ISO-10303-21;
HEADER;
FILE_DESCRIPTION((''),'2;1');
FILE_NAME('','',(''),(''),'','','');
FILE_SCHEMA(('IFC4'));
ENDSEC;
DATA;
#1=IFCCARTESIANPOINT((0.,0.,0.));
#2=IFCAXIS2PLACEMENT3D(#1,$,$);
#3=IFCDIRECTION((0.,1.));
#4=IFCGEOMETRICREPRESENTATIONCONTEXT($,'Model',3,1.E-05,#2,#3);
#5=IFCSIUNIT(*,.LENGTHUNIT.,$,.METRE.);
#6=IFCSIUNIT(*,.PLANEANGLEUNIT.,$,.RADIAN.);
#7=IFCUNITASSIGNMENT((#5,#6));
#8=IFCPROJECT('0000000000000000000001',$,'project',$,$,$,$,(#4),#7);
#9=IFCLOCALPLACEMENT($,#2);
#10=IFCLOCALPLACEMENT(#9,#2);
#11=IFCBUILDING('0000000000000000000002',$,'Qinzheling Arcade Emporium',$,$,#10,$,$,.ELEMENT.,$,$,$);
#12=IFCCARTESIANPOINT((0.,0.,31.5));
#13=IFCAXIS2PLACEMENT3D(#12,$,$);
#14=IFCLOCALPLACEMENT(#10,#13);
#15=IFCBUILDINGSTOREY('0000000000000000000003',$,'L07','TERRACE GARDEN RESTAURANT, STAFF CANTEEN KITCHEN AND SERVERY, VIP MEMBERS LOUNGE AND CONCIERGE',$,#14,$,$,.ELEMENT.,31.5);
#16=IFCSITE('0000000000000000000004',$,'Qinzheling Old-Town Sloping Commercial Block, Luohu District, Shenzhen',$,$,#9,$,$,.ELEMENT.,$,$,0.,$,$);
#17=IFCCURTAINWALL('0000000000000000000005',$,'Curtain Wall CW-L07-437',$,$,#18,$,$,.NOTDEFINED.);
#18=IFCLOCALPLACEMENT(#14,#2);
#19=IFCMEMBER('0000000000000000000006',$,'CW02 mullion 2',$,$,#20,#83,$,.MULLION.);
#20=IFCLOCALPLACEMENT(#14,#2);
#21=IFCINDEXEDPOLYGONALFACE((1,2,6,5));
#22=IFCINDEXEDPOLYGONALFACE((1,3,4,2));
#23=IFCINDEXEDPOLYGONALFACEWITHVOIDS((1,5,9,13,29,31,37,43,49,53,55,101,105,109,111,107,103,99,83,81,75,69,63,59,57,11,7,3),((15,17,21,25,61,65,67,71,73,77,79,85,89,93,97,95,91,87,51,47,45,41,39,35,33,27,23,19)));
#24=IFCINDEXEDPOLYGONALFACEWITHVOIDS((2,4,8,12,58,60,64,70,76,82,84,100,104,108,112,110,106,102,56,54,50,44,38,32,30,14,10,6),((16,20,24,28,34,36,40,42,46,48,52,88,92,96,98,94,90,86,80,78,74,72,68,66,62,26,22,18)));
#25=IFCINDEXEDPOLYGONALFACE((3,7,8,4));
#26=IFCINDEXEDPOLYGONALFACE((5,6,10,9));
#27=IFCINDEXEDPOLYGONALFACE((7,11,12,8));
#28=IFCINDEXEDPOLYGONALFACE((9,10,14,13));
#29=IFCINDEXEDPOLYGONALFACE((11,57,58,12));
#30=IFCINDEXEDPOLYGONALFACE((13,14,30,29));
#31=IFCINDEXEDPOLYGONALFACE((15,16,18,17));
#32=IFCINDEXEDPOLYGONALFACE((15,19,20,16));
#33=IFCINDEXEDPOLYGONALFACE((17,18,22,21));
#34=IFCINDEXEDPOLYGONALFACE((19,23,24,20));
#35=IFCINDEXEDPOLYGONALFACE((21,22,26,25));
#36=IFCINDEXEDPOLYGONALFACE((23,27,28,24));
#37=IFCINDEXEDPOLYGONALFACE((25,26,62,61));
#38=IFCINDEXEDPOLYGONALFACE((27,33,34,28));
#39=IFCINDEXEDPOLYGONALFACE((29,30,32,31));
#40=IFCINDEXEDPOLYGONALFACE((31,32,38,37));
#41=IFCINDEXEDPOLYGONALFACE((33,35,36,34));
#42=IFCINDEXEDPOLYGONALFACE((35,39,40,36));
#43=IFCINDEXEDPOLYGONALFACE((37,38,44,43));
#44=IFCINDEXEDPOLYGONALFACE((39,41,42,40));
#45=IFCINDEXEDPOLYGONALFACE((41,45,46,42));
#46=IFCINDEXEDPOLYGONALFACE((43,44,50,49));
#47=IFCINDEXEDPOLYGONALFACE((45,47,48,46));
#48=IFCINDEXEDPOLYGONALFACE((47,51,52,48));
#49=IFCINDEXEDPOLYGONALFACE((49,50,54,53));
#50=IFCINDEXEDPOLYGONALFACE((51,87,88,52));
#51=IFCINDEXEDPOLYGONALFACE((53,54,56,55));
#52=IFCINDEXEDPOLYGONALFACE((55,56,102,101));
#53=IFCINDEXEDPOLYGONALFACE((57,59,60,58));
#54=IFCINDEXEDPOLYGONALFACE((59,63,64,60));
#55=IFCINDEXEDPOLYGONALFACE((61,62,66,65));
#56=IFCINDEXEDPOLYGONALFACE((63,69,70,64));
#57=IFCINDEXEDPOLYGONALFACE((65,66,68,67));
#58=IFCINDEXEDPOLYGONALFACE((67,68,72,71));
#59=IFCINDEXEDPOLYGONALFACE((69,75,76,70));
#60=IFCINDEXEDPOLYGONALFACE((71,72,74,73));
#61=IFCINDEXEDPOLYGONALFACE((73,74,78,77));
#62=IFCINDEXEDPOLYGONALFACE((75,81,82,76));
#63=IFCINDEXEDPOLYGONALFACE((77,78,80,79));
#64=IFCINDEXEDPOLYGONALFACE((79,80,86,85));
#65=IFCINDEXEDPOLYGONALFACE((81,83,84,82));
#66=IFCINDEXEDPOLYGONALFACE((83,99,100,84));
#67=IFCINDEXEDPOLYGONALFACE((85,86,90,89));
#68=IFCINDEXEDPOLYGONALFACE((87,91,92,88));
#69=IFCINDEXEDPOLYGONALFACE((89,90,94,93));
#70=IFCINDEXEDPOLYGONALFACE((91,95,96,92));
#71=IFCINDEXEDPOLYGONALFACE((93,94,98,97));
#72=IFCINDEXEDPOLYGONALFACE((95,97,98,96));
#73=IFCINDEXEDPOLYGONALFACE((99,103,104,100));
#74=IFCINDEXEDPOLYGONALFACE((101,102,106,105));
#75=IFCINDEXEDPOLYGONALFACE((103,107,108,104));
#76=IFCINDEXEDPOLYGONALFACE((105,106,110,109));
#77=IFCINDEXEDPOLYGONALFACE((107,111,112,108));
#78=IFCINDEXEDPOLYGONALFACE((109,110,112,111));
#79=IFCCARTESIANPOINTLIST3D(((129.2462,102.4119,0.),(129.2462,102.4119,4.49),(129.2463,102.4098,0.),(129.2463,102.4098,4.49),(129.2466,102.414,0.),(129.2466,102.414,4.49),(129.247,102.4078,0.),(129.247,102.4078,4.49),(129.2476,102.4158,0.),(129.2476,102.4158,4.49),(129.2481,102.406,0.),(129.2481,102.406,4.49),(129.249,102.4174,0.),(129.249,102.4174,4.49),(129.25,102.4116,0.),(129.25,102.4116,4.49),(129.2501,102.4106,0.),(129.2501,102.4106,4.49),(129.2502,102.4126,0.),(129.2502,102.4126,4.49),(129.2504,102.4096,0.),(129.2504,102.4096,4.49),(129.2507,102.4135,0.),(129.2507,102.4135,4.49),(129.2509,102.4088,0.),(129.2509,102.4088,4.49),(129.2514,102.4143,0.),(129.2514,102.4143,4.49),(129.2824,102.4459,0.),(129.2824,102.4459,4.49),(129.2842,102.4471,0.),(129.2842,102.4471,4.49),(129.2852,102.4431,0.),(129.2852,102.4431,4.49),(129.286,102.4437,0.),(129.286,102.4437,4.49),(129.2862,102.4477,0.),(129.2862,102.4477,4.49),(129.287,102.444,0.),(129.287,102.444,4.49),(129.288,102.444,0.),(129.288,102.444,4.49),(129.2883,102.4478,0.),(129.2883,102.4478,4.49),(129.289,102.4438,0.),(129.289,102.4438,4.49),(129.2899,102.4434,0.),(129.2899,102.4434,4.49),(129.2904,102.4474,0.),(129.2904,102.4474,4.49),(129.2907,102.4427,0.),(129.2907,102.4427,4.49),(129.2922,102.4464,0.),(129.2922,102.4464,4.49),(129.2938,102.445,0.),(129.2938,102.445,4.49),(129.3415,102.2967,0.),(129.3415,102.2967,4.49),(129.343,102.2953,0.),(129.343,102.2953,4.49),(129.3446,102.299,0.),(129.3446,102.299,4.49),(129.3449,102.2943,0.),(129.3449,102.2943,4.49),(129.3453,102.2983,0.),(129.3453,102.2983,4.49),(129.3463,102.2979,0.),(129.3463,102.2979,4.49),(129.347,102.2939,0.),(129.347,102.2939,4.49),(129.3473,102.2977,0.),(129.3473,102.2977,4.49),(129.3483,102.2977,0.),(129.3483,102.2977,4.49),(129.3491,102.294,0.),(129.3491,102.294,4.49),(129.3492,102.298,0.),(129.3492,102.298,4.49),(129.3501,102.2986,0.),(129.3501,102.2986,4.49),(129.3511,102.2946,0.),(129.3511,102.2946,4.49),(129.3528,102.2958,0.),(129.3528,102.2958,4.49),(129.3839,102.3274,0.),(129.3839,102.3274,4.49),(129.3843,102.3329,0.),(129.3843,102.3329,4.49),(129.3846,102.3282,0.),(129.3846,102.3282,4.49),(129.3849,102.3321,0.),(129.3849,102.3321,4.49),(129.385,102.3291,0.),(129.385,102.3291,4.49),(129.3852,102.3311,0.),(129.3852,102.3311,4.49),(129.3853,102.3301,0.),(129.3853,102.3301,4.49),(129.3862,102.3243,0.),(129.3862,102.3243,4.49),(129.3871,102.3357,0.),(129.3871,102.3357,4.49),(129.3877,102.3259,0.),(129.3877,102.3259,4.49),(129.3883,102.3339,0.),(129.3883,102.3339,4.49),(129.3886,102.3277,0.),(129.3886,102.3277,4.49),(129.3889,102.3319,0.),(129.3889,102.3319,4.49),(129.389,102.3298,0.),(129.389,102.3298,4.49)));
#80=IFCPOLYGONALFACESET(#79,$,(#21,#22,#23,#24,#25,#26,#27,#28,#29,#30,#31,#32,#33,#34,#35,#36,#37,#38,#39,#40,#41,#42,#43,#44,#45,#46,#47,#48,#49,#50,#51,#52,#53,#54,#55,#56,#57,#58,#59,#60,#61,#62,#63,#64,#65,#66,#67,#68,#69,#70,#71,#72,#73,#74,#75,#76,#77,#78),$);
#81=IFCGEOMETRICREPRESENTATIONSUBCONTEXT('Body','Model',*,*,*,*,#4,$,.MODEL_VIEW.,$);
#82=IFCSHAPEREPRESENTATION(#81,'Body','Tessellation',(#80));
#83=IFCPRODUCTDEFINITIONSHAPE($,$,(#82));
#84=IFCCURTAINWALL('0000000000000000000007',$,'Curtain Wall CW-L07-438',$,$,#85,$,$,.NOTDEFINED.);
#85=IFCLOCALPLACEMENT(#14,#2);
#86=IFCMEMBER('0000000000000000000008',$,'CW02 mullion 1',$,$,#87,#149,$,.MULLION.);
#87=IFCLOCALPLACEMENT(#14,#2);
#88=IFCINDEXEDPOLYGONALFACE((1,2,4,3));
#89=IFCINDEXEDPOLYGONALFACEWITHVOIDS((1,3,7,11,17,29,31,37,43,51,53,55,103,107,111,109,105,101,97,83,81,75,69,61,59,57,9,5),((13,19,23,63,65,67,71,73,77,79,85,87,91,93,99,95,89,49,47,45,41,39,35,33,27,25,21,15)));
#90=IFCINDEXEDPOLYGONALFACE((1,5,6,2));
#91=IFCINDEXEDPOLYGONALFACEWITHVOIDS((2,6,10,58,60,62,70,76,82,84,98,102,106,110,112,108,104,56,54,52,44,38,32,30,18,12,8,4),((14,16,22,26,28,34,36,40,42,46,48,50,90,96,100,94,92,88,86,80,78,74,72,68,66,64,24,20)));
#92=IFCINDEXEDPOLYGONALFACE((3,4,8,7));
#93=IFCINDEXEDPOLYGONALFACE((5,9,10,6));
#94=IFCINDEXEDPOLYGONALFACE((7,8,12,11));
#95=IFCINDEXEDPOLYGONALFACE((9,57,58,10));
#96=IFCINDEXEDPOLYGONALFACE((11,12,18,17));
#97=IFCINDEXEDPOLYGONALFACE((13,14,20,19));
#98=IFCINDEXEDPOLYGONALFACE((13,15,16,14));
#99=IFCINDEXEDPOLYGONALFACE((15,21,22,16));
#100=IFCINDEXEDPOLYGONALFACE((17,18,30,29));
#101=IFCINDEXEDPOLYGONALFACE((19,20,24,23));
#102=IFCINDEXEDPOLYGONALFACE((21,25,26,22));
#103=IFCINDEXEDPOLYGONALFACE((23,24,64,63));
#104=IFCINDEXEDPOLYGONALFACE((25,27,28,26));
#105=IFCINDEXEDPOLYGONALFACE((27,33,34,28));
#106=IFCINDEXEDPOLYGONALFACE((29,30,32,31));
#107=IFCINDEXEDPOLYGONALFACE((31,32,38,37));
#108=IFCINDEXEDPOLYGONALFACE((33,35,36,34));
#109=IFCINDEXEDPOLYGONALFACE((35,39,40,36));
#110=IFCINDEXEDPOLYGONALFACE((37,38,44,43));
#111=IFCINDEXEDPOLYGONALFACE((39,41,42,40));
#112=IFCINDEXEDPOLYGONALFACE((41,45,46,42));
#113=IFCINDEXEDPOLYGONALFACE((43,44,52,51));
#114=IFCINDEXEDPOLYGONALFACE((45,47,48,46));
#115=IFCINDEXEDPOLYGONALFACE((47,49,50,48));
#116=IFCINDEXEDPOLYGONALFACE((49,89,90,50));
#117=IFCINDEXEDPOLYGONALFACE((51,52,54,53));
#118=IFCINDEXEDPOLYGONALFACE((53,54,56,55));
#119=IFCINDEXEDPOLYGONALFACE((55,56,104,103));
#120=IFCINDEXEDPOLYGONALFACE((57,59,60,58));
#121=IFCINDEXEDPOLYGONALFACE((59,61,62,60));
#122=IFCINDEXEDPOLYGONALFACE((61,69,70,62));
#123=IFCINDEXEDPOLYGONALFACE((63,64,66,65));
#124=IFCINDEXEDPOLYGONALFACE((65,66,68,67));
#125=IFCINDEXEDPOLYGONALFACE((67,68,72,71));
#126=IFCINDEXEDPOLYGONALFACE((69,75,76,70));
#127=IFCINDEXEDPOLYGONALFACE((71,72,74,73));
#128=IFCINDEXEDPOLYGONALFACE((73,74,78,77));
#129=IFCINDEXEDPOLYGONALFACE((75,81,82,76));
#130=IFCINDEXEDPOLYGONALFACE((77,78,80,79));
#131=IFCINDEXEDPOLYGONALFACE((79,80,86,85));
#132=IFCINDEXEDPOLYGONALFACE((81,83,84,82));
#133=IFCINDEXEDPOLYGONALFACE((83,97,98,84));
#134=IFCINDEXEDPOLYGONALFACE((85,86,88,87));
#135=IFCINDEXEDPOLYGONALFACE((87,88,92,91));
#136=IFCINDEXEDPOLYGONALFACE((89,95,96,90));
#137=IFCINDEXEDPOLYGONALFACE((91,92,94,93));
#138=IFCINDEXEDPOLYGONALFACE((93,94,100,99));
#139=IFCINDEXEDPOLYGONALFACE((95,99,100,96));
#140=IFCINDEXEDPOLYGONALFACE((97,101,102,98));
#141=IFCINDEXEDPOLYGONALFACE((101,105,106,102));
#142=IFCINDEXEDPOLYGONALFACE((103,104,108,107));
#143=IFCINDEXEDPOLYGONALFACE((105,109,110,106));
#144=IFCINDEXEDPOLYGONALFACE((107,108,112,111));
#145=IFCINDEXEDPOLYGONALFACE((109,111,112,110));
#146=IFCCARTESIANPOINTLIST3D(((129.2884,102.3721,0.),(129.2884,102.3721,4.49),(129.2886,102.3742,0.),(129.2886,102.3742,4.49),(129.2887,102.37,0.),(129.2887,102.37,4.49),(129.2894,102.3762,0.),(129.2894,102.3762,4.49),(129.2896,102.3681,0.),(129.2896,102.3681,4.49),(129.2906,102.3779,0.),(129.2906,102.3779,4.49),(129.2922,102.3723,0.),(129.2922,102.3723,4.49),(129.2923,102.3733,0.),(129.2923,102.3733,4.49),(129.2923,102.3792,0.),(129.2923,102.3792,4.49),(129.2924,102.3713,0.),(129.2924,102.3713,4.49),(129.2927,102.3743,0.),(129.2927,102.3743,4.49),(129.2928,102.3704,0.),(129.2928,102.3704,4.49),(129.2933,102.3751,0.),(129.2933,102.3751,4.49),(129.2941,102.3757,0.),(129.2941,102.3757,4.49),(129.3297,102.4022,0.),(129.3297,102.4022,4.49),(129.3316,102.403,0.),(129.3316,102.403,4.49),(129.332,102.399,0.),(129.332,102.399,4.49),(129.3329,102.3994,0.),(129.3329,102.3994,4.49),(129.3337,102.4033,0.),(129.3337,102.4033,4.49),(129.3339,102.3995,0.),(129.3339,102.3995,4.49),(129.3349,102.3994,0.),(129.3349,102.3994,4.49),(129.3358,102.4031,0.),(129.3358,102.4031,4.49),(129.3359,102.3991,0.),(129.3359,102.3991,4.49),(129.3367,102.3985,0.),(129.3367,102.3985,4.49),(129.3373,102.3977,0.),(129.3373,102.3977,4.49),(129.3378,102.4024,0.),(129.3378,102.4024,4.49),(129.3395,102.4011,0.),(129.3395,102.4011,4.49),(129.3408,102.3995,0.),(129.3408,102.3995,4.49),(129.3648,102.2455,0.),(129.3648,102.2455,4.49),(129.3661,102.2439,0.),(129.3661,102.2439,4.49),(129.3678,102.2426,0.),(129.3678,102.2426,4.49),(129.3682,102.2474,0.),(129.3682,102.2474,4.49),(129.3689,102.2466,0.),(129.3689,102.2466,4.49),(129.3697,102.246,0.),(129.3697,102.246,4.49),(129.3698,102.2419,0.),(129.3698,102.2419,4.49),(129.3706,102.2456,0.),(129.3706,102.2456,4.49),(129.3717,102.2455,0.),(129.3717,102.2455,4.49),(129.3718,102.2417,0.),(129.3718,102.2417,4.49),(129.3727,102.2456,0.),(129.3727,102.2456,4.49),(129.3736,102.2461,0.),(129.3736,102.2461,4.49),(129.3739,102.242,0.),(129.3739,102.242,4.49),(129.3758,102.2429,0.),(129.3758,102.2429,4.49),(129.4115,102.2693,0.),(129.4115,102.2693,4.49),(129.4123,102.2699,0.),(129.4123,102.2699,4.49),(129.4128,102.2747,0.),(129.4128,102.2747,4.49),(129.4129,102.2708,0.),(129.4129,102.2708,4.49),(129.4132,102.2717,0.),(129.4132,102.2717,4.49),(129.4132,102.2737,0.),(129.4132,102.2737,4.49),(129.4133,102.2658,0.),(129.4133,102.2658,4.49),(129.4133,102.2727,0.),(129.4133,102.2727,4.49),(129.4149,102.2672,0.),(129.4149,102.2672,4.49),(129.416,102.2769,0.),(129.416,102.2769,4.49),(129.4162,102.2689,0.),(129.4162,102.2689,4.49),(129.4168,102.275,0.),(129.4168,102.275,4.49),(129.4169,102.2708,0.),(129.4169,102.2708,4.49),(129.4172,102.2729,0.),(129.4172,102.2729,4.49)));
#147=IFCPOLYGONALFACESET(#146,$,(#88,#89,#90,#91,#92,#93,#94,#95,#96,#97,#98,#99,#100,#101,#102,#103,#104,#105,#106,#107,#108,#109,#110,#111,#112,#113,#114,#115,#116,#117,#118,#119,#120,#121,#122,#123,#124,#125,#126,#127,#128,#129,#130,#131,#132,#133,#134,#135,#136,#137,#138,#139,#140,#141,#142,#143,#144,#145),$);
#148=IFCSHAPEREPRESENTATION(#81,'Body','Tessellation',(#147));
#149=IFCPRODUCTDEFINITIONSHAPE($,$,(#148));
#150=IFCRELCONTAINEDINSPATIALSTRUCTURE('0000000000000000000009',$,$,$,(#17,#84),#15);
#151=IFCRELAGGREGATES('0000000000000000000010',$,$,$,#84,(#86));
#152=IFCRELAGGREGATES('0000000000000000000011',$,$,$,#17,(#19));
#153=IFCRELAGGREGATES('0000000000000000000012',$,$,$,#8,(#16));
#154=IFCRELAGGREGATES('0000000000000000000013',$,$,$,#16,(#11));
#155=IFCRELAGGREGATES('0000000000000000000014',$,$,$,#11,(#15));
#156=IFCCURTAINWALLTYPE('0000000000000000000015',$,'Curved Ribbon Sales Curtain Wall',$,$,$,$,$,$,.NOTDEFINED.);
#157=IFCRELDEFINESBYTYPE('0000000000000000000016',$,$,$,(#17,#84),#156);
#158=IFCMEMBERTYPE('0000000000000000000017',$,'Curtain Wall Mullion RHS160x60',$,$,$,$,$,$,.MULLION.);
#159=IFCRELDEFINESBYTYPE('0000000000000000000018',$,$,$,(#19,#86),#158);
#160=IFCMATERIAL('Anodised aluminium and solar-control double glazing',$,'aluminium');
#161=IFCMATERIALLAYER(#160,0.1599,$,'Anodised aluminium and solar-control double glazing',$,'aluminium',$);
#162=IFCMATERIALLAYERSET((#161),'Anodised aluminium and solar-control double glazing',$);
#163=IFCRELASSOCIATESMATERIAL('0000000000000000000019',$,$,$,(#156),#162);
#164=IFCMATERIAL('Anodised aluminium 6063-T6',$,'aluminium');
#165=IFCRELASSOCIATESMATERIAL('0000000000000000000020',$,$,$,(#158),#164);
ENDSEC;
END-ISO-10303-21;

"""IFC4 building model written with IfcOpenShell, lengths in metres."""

from ifc_helpers import new_model, si_unit, direction, frame, origin, origin_2d, place, context, subcontext, project, spatial, hollow_rectangle, extrude, material, layer, layer_set, material_profile, profile_set, type_object, element, aggregate, save


model = new_model("IFC4")

# Units and contexts
model_context = context("Model", 3, precision=1e-05, world=origin(), true_north=direction((0.0, 1.0)))
body_context = subcontext(model_context, "Body", "Model", "MODEL_VIEW")
ifc_project = project(units=[si_unit("LENGTHUNIT", "METRE"), si_unit("PLANEANGLEUNIT", "RADIAN")], contexts=[model_context])

# Site, building, storey
site_placement = place(None, origin())
site = spatial("IfcSite", under=ifc_project, at=site_placement, Name="Qinzheling Old-Town Sloping Commercial Block, Luohu District, Shenzhen", CompositionType="ELEMENT", RefElevation=0.0)
building_placement = place(site_placement, origin())
building = spatial("IfcBuilding", under=site, at=building_placement, Name="Qinzheling Arcade Emporium", CompositionType="ELEMENT")
storey_placement = place(building_placement, frame((0.0, 0.0, 31.5)))
storey = spatial("IfcBuildingStorey", under=building, at=storey_placement, Name="L07", Description="TERRACE GARDEN RESTAURANT, STAFF CANTEEN KITCHEN AND SERVERY, VIP MEMBERS LOUNGE AND CONCIERGE", CompositionType="ELEMENT", Elevation=31.5)

# Shared definitions
ifc_material_1 = material(Name="Anodised aluminium and solar-control double glazing", Category="aluminium")
ifc_layer_1 = layer(ifc_material_1, 0.1599, Name="Anodised aluminium and solar-control double glazing", Category="aluminium")
ifc_layer_set_1 = layer_set([ifc_layer_1], Name="Anodised aluminium and solar-control double glazing")
curtain_wall_type = type_object("IfcCurtainWallType", Name="Curved Ribbon Sales Curtain Wall", PredefinedType="NOTDEFINED", material=ifc_layer_set_1)
ifc_material_2 = material(Name="Anodised aluminium 6063-T6", Category="aluminium")
ifc_material_profile_1 = material_profile(ifc_material_2, hollow_rectangle(XDim=0.0601, YDim=0.1599, WallThickness=0.0039, InnerFilletRadius=0.0039, OuterFilletRadius=0.0081, at=origin_2d()), Name="RHS 160x60x4", Category="aluminium")
ifc_profile_set_1 = profile_set([ifc_material_profile_1], Name="Anodised aluminium 6063-T6")
member_type_1 = type_object("IfcMemberType", Name="Curtain Wall Mullion RHS160x60", PredefinedType="MULLION", material=ifc_profile_set_1)

# Curtain wall, member
curtain_wall_1_placement = place(storey_placement, origin())
curtain_wall_1 = element("IfcCurtainWall", 1, at=curtain_wall_1_placement, inside=storey, type_object=curtain_wall_type, Name="Curtain Wall CW-L07-437", PredefinedType="NOTDEFINED")
member_1_placement = place(storey_placement, frame((129.3176, 102.3708, 0.0), z_axis=(0.0, 0.0, 1.0), x_axis=(0.760671, 0.649137, 0.0)))
member_1 = element("IfcMember", 2, at=member_1_placement, type_object=member_type_1, Name="CW02 mullion 2", PredefinedType="MULLION", context=body_context, shape_type="SweptSolid", body=[
    extrude(hollow_rectangle(XDim=0.0601, YDim=0.1599, WallThickness=0.0039, InnerFilletRadius=0.0039, OuterFilletRadius=0.0081, at=origin_2d()), origin(), (0.0, 0.0, 1.0), 4.49),
])

# Curtain wall, member
curtain_wall_2_placement = place(storey_placement, origin())
curtain_wall_2 = element("IfcCurtainWall", 3, at=curtain_wall_2_placement, inside=storey, type_object=curtain_wall_type, Name="Curtain Wall CW-L07-438", PredefinedType="NOTDEFINED")
member_2_placement = place(storey_placement, frame((129.3528, 102.3225, 0.0), z_axis=(0.0, 0.0, 1.0), x_axis=(0.852508, 0.522714, 0.0)))
member_2 = element("IfcMember", 4, at=member_2_placement, type_object=member_type_1, Name="CW02 mullion 1", PredefinedType="MULLION", context=body_context, shape_type="SweptSolid", body=[
    extrude(hollow_rectangle(XDim=0.0601, YDim=0.1599, WallThickness=0.0039, InnerFilletRadius=0.0039, OuterFilletRadius=0.0081, at=origin_2d()), origin(), (0.0, 0.0, 1.0), 4.49),
])

aggregate(curtain_wall_2, [member_2])

aggregate(curtain_wall_1, [member_1])

save(model, "model.ifc")
